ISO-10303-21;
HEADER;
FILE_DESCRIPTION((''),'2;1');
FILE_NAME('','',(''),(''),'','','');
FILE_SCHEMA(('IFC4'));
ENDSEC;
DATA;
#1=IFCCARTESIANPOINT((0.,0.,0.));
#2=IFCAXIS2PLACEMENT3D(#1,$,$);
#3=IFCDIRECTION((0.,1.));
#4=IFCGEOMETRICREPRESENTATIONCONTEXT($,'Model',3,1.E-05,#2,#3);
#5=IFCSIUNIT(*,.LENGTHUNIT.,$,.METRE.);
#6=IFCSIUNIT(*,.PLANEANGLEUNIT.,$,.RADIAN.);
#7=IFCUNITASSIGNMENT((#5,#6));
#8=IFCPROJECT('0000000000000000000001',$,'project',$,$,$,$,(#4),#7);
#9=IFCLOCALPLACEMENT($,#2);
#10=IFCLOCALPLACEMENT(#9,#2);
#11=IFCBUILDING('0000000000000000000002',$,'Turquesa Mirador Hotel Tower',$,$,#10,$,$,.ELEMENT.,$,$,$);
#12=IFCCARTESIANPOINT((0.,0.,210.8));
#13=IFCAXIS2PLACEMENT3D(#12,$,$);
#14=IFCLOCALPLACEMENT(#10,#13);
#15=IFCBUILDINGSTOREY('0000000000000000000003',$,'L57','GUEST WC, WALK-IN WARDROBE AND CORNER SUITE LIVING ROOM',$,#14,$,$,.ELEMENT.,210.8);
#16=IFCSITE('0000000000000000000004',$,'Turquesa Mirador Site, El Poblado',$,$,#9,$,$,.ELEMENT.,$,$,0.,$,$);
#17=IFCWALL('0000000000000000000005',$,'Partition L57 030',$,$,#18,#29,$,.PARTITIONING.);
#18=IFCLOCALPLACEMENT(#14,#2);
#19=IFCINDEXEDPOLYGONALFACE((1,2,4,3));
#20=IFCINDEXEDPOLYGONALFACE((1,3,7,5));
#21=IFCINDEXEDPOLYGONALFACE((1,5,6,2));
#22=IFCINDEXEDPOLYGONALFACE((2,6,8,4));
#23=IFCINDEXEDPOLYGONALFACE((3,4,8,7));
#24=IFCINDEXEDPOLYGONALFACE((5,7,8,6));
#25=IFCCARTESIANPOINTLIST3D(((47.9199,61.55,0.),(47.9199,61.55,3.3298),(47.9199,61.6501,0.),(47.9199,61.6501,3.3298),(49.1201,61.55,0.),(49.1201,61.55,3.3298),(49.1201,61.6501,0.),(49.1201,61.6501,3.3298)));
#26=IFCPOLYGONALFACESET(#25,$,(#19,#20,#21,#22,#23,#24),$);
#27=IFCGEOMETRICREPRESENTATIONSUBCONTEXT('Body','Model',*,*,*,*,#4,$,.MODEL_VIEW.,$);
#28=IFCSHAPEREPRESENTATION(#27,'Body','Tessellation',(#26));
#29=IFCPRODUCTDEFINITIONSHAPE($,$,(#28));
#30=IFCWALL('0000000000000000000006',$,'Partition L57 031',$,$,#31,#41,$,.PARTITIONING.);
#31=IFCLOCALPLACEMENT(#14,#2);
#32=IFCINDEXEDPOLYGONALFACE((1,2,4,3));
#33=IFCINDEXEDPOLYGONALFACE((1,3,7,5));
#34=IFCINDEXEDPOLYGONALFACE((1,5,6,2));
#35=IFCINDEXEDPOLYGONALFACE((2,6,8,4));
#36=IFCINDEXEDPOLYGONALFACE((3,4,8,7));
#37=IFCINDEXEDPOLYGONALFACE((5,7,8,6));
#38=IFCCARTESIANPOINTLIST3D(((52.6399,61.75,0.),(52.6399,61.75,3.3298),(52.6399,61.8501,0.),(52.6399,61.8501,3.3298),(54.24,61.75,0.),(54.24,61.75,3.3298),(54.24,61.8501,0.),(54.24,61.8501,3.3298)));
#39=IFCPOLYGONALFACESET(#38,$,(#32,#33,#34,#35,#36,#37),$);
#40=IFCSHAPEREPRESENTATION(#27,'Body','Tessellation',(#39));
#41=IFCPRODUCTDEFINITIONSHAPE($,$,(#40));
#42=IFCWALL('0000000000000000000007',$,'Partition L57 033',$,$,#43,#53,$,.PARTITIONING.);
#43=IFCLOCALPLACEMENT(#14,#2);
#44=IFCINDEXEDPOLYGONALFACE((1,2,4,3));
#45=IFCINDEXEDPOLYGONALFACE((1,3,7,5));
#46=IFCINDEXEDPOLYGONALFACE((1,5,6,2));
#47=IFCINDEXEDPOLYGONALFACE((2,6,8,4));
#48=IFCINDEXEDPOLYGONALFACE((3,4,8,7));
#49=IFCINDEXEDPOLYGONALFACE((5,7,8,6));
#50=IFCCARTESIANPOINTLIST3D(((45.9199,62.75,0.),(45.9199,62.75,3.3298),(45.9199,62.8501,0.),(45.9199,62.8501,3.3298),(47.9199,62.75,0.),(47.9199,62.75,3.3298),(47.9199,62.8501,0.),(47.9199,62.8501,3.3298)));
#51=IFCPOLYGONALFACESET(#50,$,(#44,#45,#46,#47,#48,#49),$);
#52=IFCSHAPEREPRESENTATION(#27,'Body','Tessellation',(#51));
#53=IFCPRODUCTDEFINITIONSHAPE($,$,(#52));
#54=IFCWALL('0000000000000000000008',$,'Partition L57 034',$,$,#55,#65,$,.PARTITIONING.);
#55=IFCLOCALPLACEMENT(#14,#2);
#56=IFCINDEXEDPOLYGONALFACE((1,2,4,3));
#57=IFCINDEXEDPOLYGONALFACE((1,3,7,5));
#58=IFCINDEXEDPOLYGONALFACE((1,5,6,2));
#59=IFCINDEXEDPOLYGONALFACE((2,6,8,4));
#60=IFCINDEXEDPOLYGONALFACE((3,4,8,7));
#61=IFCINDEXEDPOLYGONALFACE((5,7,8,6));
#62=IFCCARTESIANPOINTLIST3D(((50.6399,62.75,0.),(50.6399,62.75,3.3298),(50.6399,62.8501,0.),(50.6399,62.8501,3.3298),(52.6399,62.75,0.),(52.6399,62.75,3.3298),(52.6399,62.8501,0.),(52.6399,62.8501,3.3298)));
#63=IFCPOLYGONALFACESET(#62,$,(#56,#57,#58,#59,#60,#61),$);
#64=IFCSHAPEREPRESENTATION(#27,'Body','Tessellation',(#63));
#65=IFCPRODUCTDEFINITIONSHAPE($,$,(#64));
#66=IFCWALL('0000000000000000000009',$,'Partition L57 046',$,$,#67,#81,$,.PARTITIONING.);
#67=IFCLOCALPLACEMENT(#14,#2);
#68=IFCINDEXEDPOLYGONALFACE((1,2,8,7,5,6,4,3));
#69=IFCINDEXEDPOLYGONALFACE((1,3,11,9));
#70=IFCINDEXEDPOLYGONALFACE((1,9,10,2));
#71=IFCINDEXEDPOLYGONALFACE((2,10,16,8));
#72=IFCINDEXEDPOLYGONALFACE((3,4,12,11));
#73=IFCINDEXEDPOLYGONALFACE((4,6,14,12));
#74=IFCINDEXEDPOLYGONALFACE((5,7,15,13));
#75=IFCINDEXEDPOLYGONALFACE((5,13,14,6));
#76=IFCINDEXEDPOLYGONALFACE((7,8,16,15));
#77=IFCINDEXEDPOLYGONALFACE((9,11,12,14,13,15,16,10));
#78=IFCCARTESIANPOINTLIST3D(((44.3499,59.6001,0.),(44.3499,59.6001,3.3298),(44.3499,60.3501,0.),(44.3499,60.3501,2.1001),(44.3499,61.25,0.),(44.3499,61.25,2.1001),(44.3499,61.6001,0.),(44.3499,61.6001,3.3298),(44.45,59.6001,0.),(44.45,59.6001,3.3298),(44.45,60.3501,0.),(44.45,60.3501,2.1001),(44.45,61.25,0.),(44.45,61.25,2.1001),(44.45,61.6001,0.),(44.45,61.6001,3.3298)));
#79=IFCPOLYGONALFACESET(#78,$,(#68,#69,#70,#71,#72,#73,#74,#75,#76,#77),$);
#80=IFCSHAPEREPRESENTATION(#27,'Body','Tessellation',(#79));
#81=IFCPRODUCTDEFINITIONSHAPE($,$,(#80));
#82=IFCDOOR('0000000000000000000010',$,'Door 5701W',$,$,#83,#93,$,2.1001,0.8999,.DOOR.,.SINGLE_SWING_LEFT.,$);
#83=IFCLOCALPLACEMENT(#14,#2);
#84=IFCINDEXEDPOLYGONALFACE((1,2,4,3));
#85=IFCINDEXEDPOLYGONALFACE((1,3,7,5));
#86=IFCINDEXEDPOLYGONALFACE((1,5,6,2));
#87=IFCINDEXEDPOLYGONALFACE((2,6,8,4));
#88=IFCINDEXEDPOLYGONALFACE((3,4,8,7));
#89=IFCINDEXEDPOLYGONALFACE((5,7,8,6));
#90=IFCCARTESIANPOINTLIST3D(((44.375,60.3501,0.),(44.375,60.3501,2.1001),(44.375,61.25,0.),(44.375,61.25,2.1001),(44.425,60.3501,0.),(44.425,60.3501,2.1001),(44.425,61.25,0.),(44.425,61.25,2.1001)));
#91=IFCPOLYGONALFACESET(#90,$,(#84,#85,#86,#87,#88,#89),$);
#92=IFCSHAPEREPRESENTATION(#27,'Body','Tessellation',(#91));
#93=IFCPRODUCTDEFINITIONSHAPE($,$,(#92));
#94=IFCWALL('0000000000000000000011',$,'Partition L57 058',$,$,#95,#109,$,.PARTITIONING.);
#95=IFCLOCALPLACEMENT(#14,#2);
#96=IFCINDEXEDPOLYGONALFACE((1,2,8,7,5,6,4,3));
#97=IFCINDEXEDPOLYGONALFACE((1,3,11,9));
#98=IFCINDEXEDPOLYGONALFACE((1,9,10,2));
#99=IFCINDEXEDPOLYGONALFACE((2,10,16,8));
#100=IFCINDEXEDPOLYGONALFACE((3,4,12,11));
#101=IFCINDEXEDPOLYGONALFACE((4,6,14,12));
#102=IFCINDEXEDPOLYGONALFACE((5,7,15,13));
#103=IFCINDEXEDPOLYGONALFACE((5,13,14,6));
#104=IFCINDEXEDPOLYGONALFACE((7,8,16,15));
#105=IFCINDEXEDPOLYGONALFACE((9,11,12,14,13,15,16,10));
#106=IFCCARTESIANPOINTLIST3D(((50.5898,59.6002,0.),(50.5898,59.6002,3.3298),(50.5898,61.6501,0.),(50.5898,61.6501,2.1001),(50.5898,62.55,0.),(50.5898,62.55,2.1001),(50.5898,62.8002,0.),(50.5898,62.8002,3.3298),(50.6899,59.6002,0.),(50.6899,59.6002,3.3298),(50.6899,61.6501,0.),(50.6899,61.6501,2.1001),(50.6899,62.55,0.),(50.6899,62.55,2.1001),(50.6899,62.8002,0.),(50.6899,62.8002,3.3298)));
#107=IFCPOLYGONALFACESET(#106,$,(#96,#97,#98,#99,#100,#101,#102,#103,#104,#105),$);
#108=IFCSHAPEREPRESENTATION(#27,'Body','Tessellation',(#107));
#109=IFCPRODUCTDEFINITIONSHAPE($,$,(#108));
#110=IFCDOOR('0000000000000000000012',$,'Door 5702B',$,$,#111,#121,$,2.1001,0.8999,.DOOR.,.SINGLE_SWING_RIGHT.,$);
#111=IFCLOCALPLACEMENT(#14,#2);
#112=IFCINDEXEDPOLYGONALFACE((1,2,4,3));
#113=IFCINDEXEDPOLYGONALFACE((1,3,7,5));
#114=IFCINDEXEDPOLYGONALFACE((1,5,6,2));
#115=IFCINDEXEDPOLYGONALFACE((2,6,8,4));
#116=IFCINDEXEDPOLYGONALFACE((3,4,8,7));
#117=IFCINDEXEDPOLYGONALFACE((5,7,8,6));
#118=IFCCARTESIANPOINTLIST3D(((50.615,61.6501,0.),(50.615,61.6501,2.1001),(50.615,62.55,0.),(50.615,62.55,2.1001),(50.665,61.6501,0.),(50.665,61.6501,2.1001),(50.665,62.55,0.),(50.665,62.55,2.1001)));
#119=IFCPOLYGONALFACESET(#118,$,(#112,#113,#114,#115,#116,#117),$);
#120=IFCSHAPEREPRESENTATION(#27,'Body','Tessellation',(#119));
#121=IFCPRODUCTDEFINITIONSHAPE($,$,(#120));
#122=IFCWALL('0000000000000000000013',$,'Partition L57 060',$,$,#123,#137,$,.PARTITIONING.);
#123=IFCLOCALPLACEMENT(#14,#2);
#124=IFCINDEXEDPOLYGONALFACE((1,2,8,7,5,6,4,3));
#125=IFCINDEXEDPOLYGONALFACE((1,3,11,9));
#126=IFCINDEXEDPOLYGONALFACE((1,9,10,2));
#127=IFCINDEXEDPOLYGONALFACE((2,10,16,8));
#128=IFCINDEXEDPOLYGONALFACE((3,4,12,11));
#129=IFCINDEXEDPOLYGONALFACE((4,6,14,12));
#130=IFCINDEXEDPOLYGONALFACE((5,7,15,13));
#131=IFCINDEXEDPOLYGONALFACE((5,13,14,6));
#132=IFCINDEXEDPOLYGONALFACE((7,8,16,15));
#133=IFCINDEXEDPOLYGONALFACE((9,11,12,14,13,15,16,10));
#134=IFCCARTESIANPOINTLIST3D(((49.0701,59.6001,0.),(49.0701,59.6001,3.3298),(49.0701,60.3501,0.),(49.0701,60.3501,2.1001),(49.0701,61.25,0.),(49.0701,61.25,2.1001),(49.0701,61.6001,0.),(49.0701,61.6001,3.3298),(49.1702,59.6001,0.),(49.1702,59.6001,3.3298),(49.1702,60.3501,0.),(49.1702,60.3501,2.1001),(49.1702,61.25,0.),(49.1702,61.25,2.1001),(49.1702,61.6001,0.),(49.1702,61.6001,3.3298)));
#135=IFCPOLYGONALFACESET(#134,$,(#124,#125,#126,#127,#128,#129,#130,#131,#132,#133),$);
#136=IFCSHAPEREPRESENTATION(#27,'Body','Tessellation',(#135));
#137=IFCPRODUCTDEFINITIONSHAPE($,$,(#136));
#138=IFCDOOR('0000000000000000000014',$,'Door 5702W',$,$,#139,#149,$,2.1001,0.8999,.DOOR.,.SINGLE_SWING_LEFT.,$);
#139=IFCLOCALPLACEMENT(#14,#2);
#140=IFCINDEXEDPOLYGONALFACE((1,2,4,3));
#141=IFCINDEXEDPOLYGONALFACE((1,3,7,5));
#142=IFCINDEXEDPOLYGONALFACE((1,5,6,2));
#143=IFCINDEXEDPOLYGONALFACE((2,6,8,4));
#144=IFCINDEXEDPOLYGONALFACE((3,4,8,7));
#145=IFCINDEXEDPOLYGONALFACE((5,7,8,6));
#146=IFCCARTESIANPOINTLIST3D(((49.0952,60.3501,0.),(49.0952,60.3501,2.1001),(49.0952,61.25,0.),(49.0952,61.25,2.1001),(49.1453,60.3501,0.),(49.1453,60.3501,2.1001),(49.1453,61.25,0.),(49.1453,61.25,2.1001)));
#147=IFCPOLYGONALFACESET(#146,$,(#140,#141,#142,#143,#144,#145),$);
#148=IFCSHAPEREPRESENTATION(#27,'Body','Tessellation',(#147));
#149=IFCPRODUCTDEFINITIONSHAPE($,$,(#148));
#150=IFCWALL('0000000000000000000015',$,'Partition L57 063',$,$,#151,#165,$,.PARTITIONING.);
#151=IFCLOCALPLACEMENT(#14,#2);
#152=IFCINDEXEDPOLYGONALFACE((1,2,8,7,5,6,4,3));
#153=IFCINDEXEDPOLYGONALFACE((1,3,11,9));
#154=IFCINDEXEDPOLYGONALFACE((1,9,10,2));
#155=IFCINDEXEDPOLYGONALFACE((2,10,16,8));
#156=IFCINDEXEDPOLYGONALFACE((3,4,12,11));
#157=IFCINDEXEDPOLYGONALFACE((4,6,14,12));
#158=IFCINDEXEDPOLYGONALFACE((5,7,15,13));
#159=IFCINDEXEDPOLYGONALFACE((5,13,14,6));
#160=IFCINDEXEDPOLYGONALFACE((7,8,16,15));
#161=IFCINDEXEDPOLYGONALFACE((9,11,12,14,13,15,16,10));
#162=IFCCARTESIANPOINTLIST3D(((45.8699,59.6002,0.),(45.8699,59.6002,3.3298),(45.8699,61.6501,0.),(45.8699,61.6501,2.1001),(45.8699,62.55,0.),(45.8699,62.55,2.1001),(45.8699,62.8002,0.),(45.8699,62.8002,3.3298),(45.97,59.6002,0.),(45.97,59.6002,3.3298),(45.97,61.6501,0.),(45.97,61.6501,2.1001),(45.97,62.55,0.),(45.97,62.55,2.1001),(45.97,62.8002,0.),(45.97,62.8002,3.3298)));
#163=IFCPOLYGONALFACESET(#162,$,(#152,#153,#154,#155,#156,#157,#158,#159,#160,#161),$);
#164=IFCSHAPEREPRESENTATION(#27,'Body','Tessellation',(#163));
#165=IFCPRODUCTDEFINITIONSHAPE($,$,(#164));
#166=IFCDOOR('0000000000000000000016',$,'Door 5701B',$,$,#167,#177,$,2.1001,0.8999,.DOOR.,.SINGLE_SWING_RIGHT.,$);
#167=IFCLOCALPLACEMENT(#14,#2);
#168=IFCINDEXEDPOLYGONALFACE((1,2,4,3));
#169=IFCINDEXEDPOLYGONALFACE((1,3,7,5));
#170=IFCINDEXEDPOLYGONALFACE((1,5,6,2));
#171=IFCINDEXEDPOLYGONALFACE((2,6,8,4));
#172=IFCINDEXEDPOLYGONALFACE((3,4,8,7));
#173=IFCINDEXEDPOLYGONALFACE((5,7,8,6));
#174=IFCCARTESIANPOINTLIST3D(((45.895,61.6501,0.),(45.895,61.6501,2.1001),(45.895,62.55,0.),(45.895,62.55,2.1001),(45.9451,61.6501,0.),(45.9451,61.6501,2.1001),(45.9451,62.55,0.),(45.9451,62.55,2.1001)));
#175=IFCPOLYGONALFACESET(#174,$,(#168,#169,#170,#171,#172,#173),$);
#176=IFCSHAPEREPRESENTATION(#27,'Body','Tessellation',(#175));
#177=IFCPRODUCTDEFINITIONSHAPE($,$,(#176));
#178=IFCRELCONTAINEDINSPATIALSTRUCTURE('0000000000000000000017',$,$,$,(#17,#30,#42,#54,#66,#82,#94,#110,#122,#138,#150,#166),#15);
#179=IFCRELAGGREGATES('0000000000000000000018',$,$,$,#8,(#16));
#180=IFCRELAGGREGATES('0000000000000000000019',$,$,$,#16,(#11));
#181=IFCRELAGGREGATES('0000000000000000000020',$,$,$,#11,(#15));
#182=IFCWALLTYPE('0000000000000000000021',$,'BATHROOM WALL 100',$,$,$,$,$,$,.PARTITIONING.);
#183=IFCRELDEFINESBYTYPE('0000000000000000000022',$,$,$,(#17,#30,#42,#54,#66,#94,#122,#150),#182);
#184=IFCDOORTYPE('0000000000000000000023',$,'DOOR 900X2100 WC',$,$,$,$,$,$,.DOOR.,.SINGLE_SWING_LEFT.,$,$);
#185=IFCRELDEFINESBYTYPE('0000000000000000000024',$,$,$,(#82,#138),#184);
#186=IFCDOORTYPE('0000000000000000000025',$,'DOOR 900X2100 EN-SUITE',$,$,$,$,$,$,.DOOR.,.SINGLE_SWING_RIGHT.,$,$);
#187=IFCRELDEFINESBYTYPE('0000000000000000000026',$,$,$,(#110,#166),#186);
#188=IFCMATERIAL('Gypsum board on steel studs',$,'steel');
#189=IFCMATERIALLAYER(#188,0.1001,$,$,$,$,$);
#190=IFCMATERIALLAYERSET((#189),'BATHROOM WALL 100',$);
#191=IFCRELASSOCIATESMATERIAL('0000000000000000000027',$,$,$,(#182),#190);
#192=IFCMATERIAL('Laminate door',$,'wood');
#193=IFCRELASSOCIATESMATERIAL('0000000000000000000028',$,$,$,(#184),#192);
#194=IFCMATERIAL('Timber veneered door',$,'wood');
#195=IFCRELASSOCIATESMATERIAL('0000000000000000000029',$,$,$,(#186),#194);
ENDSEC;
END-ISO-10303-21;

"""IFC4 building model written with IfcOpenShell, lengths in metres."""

from ifc_helpers import new_model, si_unit, direction, frame, frame_2d, origin, place, context, subcontext, project, spatial, rectangle, extrude, material, layer, layer_set, type_object, element, fill, save


model = new_model("IFC4")

# Units and contexts
model_context = context("Model", 3, precision=1e-05, world=origin(), true_north=direction((0.0, 1.0)))
body_context = subcontext(model_context, "Body", "Model", "MODEL_VIEW")
ifc_project = project(units=[si_unit("LENGTHUNIT", "METRE"), si_unit("PLANEANGLEUNIT", "RADIAN")], contexts=[model_context])

# Site, building, storey
site_placement = place(None, origin())
site = spatial("IfcSite", under=ifc_project, at=site_placement, Name="Turquesa Mirador Site, El Poblado", CompositionType="ELEMENT", RefElevation=0.0)
building_placement = place(site_placement, origin())
building = spatial("IfcBuilding", under=site, at=building_placement, Name="Turquesa Mirador Hotel Tower", CompositionType="ELEMENT")
storey_placement = place(building_placement, frame((0.0, 0.0, 210.8)))
storey = spatial("IfcBuildingStorey", under=building, at=storey_placement, Name="L57", Description="GUEST WC, WALK-IN WARDROBE AND CORNER SUITE LIVING ROOM", CompositionType="ELEMENT", Elevation=210.8)

# Walls
ifc_material_1 = material(Name="Gypsum board on steel studs", Category="steel")
ifc_layer_1 = layer(ifc_material_1, 0.1001)
ifc_layer_set_1 = layer_set([ifc_layer_1], Name="BATHROOM WALL 100")
wall_type_1 = type_object("IfcWallType", Name="BATHROOM WALL 100", PredefinedType="PARTITIONING", material=ifc_layer_set_1)
wall_1_placement = place(storey_placement, frame((47.9199, 61.6001, 0.0), z_axis=(0.0, 0.0, 1.0), x_axis=(1.0, 0.0, 0.0)))
element("IfcWall", 1, at=wall_1_placement, inside=storey, type_object=wall_type_1, Name="Partition L57 030", PredefinedType="PARTITIONING", context=body_context, shape_type="SweptSolid", body=[
    extrude(rectangle(XDim=1.2002, YDim=0.1001, at=frame_2d((0.6001, 0.0))), origin(), (0.0, 0.0, 1.0), 3.3298),
])
wall_2_placement = place(storey_placement, frame((52.6399, 61.8, 0.0), z_axis=(0.0, 0.0, 1.0), x_axis=(1.0, 0.0, 0.0)))
element("IfcWall", 2, at=wall_2_placement, inside=storey, type_object=wall_type_1, Name="Partition L57 031", PredefinedType="PARTITIONING", context=body_context, shape_type="SweptSolid", body=[
    extrude(rectangle(XDim=1.6001, YDim=0.1001, at=frame_2d((0.8, 0.0))), origin(), (0.0, 0.0, 1.0), 3.3298),
])
for number, where, z_axis, x_axis, name in (
    (3, (45.9199, 62.8, 0.0), (0.0, 0.0, 1.0), (1.0, 0.0, 0.0), "Partition L57 033"),
    (4, (50.6399, 62.8, 0.0), (0.0, 0.0, 1.0), (1.0, 0.0, 0.0), "Partition L57 034"),
):
    element("IfcWall", number, at=place(storey_placement, frame(where, z_axis=z_axis, x_axis=x_axis)), inside=storey, type_object=wall_type_1, Name=name, PredefinedType="PARTITIONING", context=body_context, shape_type="SweptSolid", body=[
        extrude(rectangle(XDim=2.0, YDim=0.1001, at=frame_2d((1.0, 0.0))), origin(), (0.0, 0.0, 1.0), 3.3298),
    ])

# Walls, openings, doors
wall_3_placement = place(storey_placement, frame((44.3999, 59.6001, 0.0), z_axis=(0.0, 0.0, 1.0), x_axis=(0.0, 1.0, 0.0)))
wall_3 = element("IfcWall", 5, at=wall_3_placement, inside=storey, type_object=wall_type_1, Name="Partition L57 046", PredefinedType="PARTITIONING", context=body_context, shape_type="SweptSolid", body=[
    extrude(rectangle(XDim=2.0, YDim=0.1001, at=frame_2d((1.0, 0.0))), origin(), (0.0, 0.0, 1.0), 3.3298),
])
opening_1_placement = place(wall_3_placement, frame((0.75, 0.0, 0.0)))
opening_1 = element("IfcOpeningElement", 6, at=opening_1_placement, cuts=wall_3, PredefinedType="OPENING", context=body_context, shape_type="SweptSolid", body=[
    extrude(rectangle(XDim=0.8999, YDim=2.1001, at=frame_2d((0.45, 1.05))), frame((0.0, 0.0601, 0.0), z_axis=(0.0, -1.0, 0.0), x_axis=(1.0, 0.0, 0.0)), (0.0, 0.0, 1.0), 0.1201),
])
ifc_material_2 = material(Name="Laminate door", Category="wood")
door_type_1 = type_object("IfcDoorType", Name="DOOR 900X2100 WC", OperationType="SINGLE_SWING_LEFT", PredefinedType="DOOR", material=ifc_material_2)
door_1_placement = place(opening_1_placement, origin())
door_1 = element("IfcDoor", 7, at=door_1_placement, inside=storey, type_object=door_type_1, Name="Door 5701W", OperationType="SINGLE_SWING_LEFT", OverallHeight=2.1001, OverallWidth=0.8999, PredefinedType="DOOR", context=body_context, shape_type="SweptSolid", body=[
    extrude(rectangle(XDim=0.8999, YDim=2.1001, at=frame_2d((0.45, 1.05))), frame((0.0, 0.0249, 0.0), z_axis=(0.0, -1.0, 0.0), x_axis=(1.0, 0.0, 0.0)), (0.0, 0.0, 1.0), 0.05),
])
fill(opening_1, door_1)
wall_4_placement = place(storey_placement, frame((50.6399, 59.6001, 0.0), z_axis=(0.0, 0.0, 1.0), x_axis=(0.0, 1.0, 0.0)))
wall_4 = element("IfcWall", 8, at=wall_4_placement, inside=storey, type_object=wall_type_1, Name="Partition L57 058", PredefinedType="PARTITIONING", context=body_context, shape_type="SweptSolid", body=[
    extrude(rectangle(XDim=3.2, YDim=0.1001, at=frame_2d((1.6001, 0.0))), origin(), (0.0, 0.0, 1.0), 3.3298),
])
opening_2_placement = place(wall_4_placement, frame((2.05, 0.0, 0.0)))
opening_2 = element("IfcOpeningElement", 9, at=opening_2_placement, cuts=wall_4, PredefinedType="OPENING", context=body_context, shape_type="SweptSolid", body=[
    extrude(rectangle(XDim=0.8999, YDim=2.1001, at=frame_2d((0.45, 1.05))), frame((0.0, 0.0601, 0.0), z_axis=(0.0, -1.0, 0.0), x_axis=(1.0, 0.0, 0.0)), (0.0, 0.0, 1.0), 0.1201),
])
ifc_material_3 = material(Name="Timber veneered door", Category="wood")
door_type_2 = type_object("IfcDoorType", Name="DOOR 900X2100 EN-SUITE", OperationType="SINGLE_SWING_RIGHT", PredefinedType="DOOR", material=ifc_material_3)
door_2_placement = place(opening_2_placement, origin())
door_2 = element("IfcDoor", 10, at=door_2_placement, inside=storey, type_object=door_type_2, Name="Door 5702B", OperationType="SINGLE_SWING_RIGHT", OverallHeight=2.1001, OverallWidth=0.8999, PredefinedType="DOOR", context=body_context, shape_type="SweptSolid", body=[
    extrude(rectangle(XDim=0.8999, YDim=2.1001, at=frame_2d((0.45, 1.05))), frame((0.0, 0.0249, 0.0), z_axis=(0.0, -1.0, 0.0), x_axis=(1.0, 0.0, 0.0)), (0.0, 0.0, 1.0), 0.05),
])
fill(opening_2, door_2)
wall_5_placement = place(storey_placement, frame((49.1201, 59.6001, 0.0), z_axis=(0.0, 0.0, 1.0), x_axis=(0.0, 1.0, 0.0)))
wall_5 = element("IfcWall", 11, at=wall_5_placement, inside=storey, type_object=wall_type_1, Name="Partition L57 060", PredefinedType="PARTITIONING", context=body_context, shape_type="SweptSolid", body=[
    extrude(rectangle(XDim=2.0, YDim=0.1001, at=frame_2d((1.0, 0.0))), origin(), (0.0, 0.0, 1.0), 3.3298),
])
opening_3_placement = place(wall_5_placement, frame((0.75, 0.0, 0.0)))
opening_3 = element("IfcOpeningElement", 12, at=opening_3_placement, cuts=wall_5, PredefinedType="OPENING", context=body_context, shape_type="SweptSolid", body=[
    extrude(rectangle(XDim=0.8999, YDim=2.1001, at=frame_2d((0.45, 1.05))), frame((0.0, 0.0601, 0.0), z_axis=(0.0, -1.0, 0.0), x_axis=(1.0, 0.0, 0.0)), (0.0, 0.0, 1.0), 0.1201),
])
door_3_placement = place(opening_3_placement, origin())
door_3 = element("IfcDoor", 13, at=door_3_placement, inside=storey, type_object=door_type_1, Name="Door 5702W", OperationType="SINGLE_SWING_LEFT", OverallHeight=2.1001, OverallWidth=0.8999, PredefinedType="DOOR", context=body_context, shape_type="SweptSolid", body=[
    extrude(rectangle(XDim=0.8999, YDim=2.1001, at=frame_2d((0.45, 1.05))), frame((0.0, 0.0249, 0.0), z_axis=(0.0, -1.0, 0.0), x_axis=(1.0, 0.0, 0.0)), (0.0, 0.0, 1.0), 0.05),
])
fill(opening_3, door_3)
wall_6_placement = place(storey_placement, frame((45.9199, 59.6001, 0.0), z_axis=(0.0, 0.0, 1.0), x_axis=(0.0, 1.0, 0.0)))
wall_6 = element("IfcWall", 14, at=wall_6_placement, inside=storey, type_object=wall_type_1, Name="Partition L57 063", PredefinedType="PARTITIONING", context=body_context, shape_type="SweptSolid", body=[
    extrude(rectangle(XDim=3.2, YDim=0.1001, at=frame_2d((1.6001, 0.0))), origin(), (0.0, 0.0, 1.0), 3.3298),
])
opening_4_placement = place(wall_6_placement, frame((2.05, 0.0, 0.0)))
opening_4 = element("IfcOpeningElement", 15, at=opening_4_placement, cuts=wall_6, PredefinedType="OPENING", context=body_context, shape_type="SweptSolid", body=[
    extrude(rectangle(XDim=0.8999, YDim=2.1001, at=frame_2d((0.45, 1.05))), frame((0.0, 0.0601, 0.0), z_axis=(0.0, -1.0, 0.0), x_axis=(1.0, 0.0, 0.0)), (0.0, 0.0, 1.0), 0.1201),
])
door_4_placement = place(opening_4_placement, origin())
door_4 = element("IfcDoor", 16, at=door_4_placement, inside=storey, type_object=door_type_2, Name="Door 5701B", OperationType="SINGLE_SWING_RIGHT", OverallHeight=2.1001, OverallWidth=0.8999, PredefinedType="DOOR", context=body_context, shape_type="SweptSolid", body=[
    extrude(rectangle(XDim=0.8999, YDim=2.1001, at=frame_2d((0.45, 1.05))), frame((0.0, 0.0249, 0.0), z_axis=(0.0, -1.0, 0.0), x_axis=(1.0, 0.0, 0.0)), (0.0, 0.0, 1.0), 0.05),
])
fill(opening_4, door_4)

save(model, "model.ifc")
